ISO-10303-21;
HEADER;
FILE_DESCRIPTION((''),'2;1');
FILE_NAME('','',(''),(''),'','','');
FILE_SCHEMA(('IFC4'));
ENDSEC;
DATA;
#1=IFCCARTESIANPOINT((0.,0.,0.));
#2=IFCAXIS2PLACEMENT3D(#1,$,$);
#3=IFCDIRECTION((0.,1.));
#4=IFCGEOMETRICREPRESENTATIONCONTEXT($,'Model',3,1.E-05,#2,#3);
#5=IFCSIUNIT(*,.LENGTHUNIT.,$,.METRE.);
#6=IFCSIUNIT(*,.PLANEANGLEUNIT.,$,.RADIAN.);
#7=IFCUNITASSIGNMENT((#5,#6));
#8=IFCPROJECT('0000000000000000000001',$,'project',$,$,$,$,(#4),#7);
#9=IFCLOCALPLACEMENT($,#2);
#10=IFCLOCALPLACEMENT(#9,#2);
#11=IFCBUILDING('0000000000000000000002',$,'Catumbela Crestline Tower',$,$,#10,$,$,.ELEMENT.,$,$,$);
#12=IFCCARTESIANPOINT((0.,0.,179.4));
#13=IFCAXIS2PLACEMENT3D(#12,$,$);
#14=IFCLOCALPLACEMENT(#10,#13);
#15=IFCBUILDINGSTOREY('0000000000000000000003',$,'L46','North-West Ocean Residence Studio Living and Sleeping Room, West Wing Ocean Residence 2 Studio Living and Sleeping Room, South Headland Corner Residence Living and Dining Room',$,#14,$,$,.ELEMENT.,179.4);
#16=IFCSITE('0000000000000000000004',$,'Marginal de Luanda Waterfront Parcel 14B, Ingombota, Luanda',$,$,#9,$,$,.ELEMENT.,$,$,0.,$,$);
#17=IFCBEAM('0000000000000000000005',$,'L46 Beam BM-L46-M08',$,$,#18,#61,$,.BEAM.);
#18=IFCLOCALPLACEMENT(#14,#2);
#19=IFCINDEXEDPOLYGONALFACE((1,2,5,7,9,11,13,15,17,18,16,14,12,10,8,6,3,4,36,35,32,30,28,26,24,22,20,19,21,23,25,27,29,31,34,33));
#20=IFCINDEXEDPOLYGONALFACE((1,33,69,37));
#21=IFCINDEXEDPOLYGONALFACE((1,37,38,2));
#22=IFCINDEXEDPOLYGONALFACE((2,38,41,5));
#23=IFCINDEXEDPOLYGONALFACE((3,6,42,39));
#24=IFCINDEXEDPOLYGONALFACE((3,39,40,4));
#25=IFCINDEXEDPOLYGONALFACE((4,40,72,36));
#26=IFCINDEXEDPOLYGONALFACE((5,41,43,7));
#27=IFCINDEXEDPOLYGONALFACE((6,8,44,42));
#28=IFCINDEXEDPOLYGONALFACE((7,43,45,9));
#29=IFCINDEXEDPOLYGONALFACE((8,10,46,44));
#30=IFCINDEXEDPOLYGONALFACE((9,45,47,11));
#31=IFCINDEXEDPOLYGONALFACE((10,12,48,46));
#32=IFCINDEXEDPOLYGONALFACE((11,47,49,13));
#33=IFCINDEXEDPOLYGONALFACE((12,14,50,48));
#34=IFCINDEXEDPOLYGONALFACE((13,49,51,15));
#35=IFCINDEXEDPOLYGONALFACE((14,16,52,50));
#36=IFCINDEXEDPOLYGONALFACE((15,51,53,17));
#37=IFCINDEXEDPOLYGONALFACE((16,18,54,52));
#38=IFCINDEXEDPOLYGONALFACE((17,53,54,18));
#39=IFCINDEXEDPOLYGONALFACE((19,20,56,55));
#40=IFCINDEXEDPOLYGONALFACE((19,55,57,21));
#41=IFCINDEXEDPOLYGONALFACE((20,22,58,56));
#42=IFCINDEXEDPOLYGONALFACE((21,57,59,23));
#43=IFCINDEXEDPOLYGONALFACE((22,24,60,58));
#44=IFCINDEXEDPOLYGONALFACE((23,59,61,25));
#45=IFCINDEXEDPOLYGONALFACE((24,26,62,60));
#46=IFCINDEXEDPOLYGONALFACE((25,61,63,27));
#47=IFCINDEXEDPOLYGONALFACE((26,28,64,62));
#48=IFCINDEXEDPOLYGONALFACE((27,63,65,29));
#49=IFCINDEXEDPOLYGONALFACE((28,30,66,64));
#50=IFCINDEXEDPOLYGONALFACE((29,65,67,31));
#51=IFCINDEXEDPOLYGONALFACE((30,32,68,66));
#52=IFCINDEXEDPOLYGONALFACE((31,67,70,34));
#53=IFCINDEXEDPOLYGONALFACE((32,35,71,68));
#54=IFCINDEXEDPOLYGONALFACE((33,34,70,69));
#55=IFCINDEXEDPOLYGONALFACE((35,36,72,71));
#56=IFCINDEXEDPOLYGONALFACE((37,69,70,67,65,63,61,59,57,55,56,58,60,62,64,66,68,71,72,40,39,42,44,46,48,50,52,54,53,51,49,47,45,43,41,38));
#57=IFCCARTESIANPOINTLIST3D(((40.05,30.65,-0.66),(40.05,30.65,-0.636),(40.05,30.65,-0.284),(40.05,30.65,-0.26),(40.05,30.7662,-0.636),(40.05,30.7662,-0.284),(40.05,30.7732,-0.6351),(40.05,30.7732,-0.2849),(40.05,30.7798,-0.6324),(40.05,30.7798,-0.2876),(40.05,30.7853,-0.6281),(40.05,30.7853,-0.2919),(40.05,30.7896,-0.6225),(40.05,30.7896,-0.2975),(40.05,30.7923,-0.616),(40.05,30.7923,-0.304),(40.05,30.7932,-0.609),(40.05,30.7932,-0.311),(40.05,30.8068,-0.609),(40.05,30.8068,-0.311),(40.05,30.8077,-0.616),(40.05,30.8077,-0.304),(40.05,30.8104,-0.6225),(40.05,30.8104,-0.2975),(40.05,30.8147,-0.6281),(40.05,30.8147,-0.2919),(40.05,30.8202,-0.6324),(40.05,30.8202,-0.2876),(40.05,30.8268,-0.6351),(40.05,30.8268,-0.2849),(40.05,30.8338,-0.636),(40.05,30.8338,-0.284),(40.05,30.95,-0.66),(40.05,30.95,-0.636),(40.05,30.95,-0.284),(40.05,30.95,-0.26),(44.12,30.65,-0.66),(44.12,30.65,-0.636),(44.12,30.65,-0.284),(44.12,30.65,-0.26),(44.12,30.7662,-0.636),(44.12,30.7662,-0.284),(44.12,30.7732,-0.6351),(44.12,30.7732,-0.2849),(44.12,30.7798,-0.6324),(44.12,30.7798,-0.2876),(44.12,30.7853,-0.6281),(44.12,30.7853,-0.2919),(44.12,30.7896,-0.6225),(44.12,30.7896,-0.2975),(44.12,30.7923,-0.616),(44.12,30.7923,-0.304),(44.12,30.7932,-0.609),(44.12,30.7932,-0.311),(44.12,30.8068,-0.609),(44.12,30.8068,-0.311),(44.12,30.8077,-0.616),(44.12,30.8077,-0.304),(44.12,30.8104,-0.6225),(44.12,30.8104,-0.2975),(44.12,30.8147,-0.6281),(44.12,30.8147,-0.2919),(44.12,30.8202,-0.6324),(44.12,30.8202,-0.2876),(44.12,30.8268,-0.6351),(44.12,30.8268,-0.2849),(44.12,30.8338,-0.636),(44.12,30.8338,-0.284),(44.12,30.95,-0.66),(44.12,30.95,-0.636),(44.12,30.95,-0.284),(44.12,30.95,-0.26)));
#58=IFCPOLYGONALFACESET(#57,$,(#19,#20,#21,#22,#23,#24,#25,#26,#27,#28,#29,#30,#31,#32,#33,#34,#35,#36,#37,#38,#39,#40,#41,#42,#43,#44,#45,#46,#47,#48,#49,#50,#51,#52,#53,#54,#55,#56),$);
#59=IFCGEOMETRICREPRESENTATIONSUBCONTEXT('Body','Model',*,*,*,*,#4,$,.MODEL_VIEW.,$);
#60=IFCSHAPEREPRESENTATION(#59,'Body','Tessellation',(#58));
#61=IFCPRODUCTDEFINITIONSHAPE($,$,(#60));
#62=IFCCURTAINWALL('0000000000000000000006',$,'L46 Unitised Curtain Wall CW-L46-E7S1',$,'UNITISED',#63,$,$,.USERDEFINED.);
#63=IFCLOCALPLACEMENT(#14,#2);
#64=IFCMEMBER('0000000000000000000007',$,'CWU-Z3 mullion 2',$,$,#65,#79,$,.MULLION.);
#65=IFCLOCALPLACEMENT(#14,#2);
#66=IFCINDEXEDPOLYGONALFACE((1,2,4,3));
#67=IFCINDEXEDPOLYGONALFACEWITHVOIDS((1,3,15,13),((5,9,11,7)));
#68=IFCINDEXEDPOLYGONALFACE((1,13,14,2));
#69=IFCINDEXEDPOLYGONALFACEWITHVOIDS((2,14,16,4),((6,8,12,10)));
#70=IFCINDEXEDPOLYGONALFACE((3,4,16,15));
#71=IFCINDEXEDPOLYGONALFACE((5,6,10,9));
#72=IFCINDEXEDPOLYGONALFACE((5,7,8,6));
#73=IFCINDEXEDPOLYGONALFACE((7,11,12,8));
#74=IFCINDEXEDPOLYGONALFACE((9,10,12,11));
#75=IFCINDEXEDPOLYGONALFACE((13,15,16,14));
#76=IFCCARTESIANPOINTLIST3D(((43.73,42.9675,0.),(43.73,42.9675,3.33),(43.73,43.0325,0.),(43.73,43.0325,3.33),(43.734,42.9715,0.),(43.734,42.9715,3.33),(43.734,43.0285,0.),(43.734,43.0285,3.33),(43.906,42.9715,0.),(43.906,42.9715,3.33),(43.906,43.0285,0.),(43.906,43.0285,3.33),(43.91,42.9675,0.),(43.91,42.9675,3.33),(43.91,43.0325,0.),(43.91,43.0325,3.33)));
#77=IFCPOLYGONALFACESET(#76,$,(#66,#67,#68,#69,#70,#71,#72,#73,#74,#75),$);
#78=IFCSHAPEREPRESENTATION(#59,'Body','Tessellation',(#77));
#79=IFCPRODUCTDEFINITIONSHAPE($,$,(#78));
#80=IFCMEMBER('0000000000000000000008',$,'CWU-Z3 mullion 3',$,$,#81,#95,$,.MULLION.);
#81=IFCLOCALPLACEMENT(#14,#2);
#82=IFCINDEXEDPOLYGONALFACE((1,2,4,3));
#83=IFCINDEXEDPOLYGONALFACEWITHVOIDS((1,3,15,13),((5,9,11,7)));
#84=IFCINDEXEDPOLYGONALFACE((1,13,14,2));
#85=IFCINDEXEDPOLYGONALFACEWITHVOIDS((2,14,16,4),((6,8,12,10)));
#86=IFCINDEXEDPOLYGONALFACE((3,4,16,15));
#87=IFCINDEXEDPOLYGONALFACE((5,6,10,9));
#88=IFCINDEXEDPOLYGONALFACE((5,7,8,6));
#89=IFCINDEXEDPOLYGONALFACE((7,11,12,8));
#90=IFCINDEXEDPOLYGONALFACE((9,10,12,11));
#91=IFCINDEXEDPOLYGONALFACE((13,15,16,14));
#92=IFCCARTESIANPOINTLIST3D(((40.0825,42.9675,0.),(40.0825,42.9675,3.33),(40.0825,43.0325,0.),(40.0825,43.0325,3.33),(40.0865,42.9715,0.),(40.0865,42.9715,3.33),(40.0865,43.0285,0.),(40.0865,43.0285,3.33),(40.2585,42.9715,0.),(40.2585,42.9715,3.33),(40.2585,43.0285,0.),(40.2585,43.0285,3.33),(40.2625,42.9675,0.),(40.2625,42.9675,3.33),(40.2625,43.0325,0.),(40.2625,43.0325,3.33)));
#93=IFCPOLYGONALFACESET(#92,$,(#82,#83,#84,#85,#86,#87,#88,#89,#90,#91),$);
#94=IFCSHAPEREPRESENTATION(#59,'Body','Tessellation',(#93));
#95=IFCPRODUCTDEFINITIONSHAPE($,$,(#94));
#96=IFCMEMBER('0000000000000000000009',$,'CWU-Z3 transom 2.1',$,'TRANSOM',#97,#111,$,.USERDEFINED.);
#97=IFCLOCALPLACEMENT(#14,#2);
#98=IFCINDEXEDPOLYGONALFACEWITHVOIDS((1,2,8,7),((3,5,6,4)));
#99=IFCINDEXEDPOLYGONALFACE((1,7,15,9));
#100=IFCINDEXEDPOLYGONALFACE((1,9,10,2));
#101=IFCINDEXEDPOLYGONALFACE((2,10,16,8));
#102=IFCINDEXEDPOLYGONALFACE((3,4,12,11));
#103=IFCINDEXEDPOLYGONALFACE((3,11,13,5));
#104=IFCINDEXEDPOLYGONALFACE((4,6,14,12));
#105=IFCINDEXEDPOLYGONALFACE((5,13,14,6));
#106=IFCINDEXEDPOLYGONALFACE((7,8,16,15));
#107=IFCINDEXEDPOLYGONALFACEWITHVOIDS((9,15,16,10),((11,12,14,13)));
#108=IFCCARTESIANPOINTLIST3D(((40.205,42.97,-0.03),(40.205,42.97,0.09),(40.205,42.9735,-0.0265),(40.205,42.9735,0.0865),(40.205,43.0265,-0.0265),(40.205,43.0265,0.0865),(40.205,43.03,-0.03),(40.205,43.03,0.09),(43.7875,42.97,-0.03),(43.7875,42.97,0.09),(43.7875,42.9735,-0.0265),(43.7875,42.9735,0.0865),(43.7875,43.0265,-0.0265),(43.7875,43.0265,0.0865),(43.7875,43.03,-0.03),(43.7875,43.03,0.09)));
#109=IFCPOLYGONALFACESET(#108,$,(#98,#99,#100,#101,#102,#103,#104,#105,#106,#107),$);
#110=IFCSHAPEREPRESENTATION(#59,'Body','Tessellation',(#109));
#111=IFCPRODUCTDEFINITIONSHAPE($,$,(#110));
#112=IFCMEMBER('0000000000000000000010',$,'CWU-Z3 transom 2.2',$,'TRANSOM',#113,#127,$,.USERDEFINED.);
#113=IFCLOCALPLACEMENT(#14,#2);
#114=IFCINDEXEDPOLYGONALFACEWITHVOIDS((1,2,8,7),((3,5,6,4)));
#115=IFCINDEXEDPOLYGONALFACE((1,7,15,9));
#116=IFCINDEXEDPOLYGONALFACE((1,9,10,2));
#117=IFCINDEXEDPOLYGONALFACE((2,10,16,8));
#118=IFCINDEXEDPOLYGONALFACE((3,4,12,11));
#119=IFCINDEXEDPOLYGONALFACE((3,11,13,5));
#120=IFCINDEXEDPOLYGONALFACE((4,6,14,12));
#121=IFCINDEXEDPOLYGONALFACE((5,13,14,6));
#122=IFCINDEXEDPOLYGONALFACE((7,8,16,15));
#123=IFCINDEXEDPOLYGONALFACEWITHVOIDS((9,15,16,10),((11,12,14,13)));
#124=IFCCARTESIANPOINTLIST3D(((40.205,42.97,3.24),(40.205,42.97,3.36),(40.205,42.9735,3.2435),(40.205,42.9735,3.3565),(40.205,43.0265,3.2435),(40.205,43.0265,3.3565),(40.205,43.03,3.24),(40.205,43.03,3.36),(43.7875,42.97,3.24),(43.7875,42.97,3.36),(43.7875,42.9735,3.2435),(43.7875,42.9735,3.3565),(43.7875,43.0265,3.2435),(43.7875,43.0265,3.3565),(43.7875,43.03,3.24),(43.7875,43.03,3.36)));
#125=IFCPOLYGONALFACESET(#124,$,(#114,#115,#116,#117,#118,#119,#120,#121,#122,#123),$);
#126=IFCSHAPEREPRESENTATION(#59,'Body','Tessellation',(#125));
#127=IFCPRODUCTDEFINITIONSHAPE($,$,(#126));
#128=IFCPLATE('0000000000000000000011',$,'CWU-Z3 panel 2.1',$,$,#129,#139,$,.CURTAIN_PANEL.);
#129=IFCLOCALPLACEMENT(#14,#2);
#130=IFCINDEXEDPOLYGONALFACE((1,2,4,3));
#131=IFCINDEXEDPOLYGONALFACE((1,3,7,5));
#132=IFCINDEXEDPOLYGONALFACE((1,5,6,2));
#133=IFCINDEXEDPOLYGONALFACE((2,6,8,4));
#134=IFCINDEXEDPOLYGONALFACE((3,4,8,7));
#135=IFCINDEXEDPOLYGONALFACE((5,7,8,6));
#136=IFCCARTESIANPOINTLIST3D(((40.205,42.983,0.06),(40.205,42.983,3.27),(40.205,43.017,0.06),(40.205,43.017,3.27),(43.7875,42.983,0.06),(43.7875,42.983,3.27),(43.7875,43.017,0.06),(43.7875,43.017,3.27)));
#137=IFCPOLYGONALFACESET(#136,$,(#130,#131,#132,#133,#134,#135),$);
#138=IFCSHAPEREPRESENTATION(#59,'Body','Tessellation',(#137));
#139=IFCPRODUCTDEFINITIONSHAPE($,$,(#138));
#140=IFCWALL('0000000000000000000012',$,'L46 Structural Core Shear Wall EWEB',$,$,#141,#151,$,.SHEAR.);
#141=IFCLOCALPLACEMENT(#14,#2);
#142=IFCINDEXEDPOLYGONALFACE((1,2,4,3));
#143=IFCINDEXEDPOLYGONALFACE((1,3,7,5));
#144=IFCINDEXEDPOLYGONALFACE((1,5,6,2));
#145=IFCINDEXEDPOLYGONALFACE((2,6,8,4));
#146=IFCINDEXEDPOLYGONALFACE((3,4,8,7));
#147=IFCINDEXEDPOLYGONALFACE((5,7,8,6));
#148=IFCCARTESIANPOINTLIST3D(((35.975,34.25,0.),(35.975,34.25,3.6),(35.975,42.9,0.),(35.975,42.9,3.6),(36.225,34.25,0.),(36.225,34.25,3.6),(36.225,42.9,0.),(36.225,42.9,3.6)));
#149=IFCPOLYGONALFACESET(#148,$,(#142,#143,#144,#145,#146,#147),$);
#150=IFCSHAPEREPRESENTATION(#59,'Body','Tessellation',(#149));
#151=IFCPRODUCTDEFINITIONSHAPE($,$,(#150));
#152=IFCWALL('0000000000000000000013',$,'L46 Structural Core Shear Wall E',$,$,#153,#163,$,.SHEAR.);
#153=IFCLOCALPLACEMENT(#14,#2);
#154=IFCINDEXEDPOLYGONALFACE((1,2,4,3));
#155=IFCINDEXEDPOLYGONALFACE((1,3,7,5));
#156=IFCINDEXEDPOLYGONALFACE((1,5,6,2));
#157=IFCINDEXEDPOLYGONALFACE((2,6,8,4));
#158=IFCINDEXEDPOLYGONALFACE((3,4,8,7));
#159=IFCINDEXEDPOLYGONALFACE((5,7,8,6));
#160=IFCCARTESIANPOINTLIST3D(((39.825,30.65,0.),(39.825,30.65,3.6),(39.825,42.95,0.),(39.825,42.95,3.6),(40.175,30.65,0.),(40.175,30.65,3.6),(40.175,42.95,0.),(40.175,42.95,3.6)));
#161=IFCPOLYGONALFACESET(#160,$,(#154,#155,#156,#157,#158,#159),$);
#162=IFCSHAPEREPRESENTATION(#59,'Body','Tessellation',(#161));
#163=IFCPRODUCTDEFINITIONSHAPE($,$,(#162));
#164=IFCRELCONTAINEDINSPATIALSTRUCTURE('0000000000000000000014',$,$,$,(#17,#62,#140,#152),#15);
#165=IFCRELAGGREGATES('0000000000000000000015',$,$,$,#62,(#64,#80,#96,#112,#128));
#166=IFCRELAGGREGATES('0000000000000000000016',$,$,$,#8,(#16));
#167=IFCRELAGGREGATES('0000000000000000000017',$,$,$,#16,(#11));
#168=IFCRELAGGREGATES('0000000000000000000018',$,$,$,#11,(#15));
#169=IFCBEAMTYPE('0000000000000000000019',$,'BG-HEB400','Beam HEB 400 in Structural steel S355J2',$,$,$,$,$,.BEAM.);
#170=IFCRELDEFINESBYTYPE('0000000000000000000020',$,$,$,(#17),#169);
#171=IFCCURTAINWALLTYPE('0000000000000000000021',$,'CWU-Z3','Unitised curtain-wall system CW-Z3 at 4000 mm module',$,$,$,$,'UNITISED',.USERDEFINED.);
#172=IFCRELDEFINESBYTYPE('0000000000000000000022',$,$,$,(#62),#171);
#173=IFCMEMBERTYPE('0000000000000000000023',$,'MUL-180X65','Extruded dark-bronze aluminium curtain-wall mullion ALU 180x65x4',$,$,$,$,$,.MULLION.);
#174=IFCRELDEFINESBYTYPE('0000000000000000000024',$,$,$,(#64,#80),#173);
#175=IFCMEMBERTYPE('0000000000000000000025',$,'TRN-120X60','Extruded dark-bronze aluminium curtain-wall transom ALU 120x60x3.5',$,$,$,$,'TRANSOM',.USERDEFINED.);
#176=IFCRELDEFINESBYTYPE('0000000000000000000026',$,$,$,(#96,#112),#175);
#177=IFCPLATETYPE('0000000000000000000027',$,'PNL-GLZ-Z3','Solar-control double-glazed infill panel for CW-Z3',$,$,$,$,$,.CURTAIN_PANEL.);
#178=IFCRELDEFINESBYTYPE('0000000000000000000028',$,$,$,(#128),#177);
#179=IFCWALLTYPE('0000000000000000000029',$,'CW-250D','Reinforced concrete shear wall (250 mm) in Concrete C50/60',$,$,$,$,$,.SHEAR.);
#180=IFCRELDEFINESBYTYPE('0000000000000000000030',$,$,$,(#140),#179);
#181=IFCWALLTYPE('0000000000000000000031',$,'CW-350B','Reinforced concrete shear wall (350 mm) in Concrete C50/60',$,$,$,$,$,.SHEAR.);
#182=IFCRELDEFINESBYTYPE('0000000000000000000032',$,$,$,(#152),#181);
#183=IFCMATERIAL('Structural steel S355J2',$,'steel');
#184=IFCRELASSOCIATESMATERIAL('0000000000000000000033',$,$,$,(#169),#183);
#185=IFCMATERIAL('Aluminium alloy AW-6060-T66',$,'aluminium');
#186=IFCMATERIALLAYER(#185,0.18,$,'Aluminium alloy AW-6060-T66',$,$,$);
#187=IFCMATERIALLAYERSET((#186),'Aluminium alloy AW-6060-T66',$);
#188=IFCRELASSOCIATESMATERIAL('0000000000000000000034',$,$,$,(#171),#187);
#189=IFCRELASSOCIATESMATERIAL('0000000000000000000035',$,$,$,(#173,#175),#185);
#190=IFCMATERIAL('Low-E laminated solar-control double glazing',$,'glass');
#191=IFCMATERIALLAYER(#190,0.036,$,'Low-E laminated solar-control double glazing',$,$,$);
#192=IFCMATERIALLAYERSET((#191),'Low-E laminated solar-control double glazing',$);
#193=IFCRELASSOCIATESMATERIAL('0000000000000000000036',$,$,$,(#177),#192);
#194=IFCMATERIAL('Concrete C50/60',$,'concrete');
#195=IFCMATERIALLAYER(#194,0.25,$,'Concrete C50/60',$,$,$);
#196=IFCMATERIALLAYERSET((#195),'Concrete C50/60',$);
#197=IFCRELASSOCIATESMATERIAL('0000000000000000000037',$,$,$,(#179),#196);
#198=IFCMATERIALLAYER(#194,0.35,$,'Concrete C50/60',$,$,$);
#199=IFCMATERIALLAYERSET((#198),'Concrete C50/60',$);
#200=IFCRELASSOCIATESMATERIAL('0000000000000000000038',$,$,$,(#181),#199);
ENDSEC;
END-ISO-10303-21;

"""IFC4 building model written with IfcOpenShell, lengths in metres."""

from ifc_helpers import new_model, si_unit, direction, frame, frame_2d, origin, origin_2d, place, context, subcontext, project, spatial, rectangle, hollow_rectangle, i_section, extrude, material, layer, layer_set, material_profile, profile_set, type_object, element, aggregate, save


model = new_model("IFC4")

# Units and contexts
model_context = context("Model", 3, precision=1e-05, world=origin(), true_north=direction((0.0, 1.0)))
body_context = subcontext(model_context, "Body", "Model", "MODEL_VIEW")
ifc_project = project(units=[si_unit("LENGTHUNIT", "METRE"), si_unit("PLANEANGLEUNIT", "RADIAN")], contexts=[model_context])

# Site, building, storey
site_placement = place(None, origin())
site = spatial("IfcSite", under=ifc_project, at=site_placement, Name="Marginal de Luanda Waterfront Parcel 14B, Ingombota, Luanda", CompositionType="ELEMENT", RefElevation=0.0)
building_placement = place(site_placement, origin())
building = spatial("IfcBuilding", under=site, at=building_placement, Name="Catumbela Crestline Tower", CompositionType="ELEMENT")
storey_placement = place(building_placement, frame((0.0, 0.0, 179.4)))
storey = spatial("IfcBuildingStorey", under=building, at=storey_placement, Name="L46", Description="North-West Ocean Residence Studio Living and Sleeping Room, West Wing Ocean Residence 2 Studio Living and Sleeping Room, South Headland Corner Residence Living and Dining Room", CompositionType="ELEMENT", Elevation=179.4)

# Beam
ifc_material_1 = material(Name="Structural steel S355J2", Category="steel")
ifc_material_profile_1 = material_profile(ifc_material_1, i_section(OverallWidth=0.3, OverallDepth=0.4, WebThickness=0.0135, FlangeThickness=0.024, FilletRadius=0.027, at=origin_2d()), Name="HEB 400")
ifc_profile_set_1 = profile_set([ifc_material_profile_1], Name="Structural steel S355J2")
beam_type = type_object("IfcBeamType", Name="BG-HEB400", Description="Beam HEB 400 in Structural steel S355J2", PredefinedType="BEAM", material=ifc_profile_set_1)
beam_placement = place(storey_placement, frame((40.05, 30.8, -0.46), z_axis=(1.0, 0.0, 0.0), x_axis=(0.0, 1.0, 0.0)))
element("IfcBeam", 1, at=beam_placement, inside=storey, type_object=beam_type, Name="L46 Beam BM-L46-M08", PredefinedType="BEAM", context=body_context, shape_type="SweptSolid", body=[
    extrude(i_section(OverallWidth=0.3, OverallDepth=0.4, WebThickness=0.0135, FlangeThickness=0.024, FilletRadius=0.027, at=origin_2d()), origin(), (0.0, 0.0, 1.0), 4.07),
])

# Curtain wall, members, plate
ifc_material_2 = material(Name="Aluminium alloy AW-6060-T66", Category="aluminium")
ifc_layer_1 = layer(ifc_material_2, 0.18, Name="Aluminium alloy AW-6060-T66")
ifc_layer_set_1 = layer_set([ifc_layer_1], Name="Aluminium alloy AW-6060-T66")
curtain_wall_type = type_object("IfcCurtainWallType", Name="CWU-Z3", Description="Unitised curtain-wall system CW-Z3 at 4000 mm module", ElementType="UNITISED", PredefinedType="USERDEFINED", material=ifc_layer_set_1)
curtain_wall_placement = place(storey_placement, origin())
curtain_wall = element("IfcCurtainWall", 2, at=curtain_wall_placement, inside=storey, type_object=curtain_wall_type, Name="L46 Unitised Curtain Wall CW-L46-E7S1", ObjectType="UNITISED", PredefinedType="USERDEFINED")
ifc_material_profile_2 = material_profile(ifc_material_2, hollow_rectangle(XDim=0.065, YDim=0.18, WallThickness=0.004, at=origin_2d()), Name="ALU 180x65x4")
ifc_profile_set_2 = profile_set([ifc_material_profile_2], Name="Aluminium alloy AW-6060-T66")
member_type_1 = type_object("IfcMemberType", Name="MUL-180X65", Description="Extruded dark-bronze aluminium curtain-wall mullion ALU 180x65x4", PredefinedType="MULLION", material=ifc_profile_set_2)
member_1_placement = place(storey_placement, frame((43.82, 43.0, 0.0), z_axis=(0.0, 0.0, 1.0), x_axis=(0.0, -1.0, 0.0)))
member_1 = element("IfcMember", 3, at=member_1_placement, type_object=member_type_1, Name="CWU-Z3 mullion 2", PredefinedType="MULLION", context=body_context, shape_type="SweptSolid", body=[
    extrude(hollow_rectangle(XDim=0.065, YDim=0.18, WallThickness=0.004, at=origin_2d()), origin(), (0.0, 0.0, 1.0), 3.33),
])
member_2_placement = place(storey_placement, frame((40.1725, 43.0, 0.0), z_axis=(0.0, 0.0, 1.0), x_axis=(0.0, -1.0, 0.0)))
member_2 = element("IfcMember", 4, at=member_2_placement, type_object=member_type_1, Name="CWU-Z3 mullion 3", PredefinedType="MULLION", context=body_context, shape_type="SweptSolid", body=[
    extrude(hollow_rectangle(XDim=0.065, YDim=0.18, WallThickness=0.004, at=origin_2d()), origin(), (0.0, 0.0, 1.0), 3.33),
])
ifc_material_profile_3 = material_profile(ifc_material_2, hollow_rectangle(XDim=0.06, YDim=0.12, WallThickness=0.0035, at=origin_2d()), Name="ALU 120x60x3.5")
ifc_profile_set_3 = profile_set([ifc_material_profile_3], Name="Aluminium alloy AW-6060-T66")
member_type_2 = type_object("IfcMemberType", Name="TRN-120X60", Description="Extruded dark-bronze aluminium curtain-wall transom ALU 120x60x3.5", ElementType="TRANSOM", PredefinedType="USERDEFINED", material=ifc_profile_set_3)
member_3_placement = place(storey_placement, frame((43.7875, 43.0, 0.03), z_axis=(-1.0, 0.0, 0.0), x_axis=(0.0, -1.0, 0.0)))
member_3 = element("IfcMember", 5, at=member_3_placement, type_object=member_type_2, Name="CWU-Z3 transom 2.1", ObjectType="TRANSOM", PredefinedType="USERDEFINED", context=body_context, shape_type="SweptSolid", body=[
    extrude(hollow_rectangle(XDim=0.06, YDim=0.12, WallThickness=0.0035, at=origin_2d()), origin(), (0.0, 0.0, 1.0), 3.5825),
])
member_4_placement = place(storey_placement, frame((43.7875, 43.0, 3.3), z_axis=(-1.0, 0.0, 0.0), x_axis=(0.0, -1.0, 0.0)))
member_4 = element("IfcMember", 6, at=member_4_placement, type_object=member_type_2, Name="CWU-Z3 transom 2.2", ObjectType="TRANSOM", PredefinedType="USERDEFINED", context=body_context, shape_type="SweptSolid", body=[
    extrude(hollow_rectangle(XDim=0.06, YDim=0.12, WallThickness=0.0035, at=origin_2d()), origin(), (0.0, 0.0, 1.0), 3.5825),
])
ifc_material_3 = material(Name="Low-E laminated solar-control double glazing", Category="glass")
ifc_layer_2 = layer(ifc_material_3, 0.036, Name="Low-E laminated solar-control double glazing")
ifc_layer_set_2 = layer_set([ifc_layer_2], Name="Low-E laminated solar-control double glazing")
plate_type = type_object("IfcPlateType", Name="PNL-GLZ-Z3", Description="Solar-control double-glazed infill panel for CW-Z3", PredefinedType="CURTAIN_PANEL", material=ifc_layer_set_2)
plate_placement = place(storey_placement, frame((41.9963, 43.0, 0.06), z_axis=(0.0, 0.0, 1.0), x_axis=(-1.0, 0.0, 0.0)))
plate = element("IfcPlate", 7, at=plate_placement, type_object=plate_type, Name="CWU-Z3 panel 2.1", PredefinedType="CURTAIN_PANEL", context=body_context, shape_type="SweptSolid", body=[
    extrude(rectangle(XDim=3.5825, YDim=0.034, at=origin_2d()), origin(), (0.0, 0.0, 1.0), 3.21),
])
aggregate(curtain_wall, [member_1, member_2, member_3, member_4, plate])

# Walls
ifc_material_4 = material(Name="Concrete C50/60", Category="concrete")
ifc_layer_3 = layer(ifc_material_4, 0.25, Name="Concrete C50/60")
ifc_layer_set_3 = layer_set([ifc_layer_3], Name="Concrete C50/60")
wall_type_1 = type_object("IfcWallType", Name="CW-250D", Description="Reinforced concrete shear wall (250 mm) in Concrete C50/60", PredefinedType="SHEAR", material=ifc_layer_set_3)
wall_1_placement = place(storey_placement, frame((36.1, 34.25, 0.0), z_axis=(0.0, 0.0, 1.0), x_axis=(0.0, 1.0, 0.0)))
element("IfcWall", 8, at=wall_1_placement, inside=storey, type_object=wall_type_1, Name="L46 Structural Core Shear Wall EWEB", PredefinedType="SHEAR", context=body_context, shape_type="SweptSolid", body=[
    extrude(rectangle(XDim=8.65, YDim=0.25, at=frame_2d((4.325, 0.0))), origin(), (0.0, 0.0, 1.0), 3.6),
])
ifc_layer_4 = layer(ifc_material_4, 0.35, Name="Concrete C50/60")
ifc_layer_set_4 = layer_set([ifc_layer_4], Name="Concrete C50/60")
wall_type_2 = type_object("IfcWallType", Name="CW-350B", Description="Reinforced concrete shear wall (350 mm) in Concrete C50/60", PredefinedType="SHEAR", material=ifc_layer_set_4)
wall_2_placement = place(storey_placement, frame((40.0, 30.65, 0.0), z_axis=(0.0, 0.0, 1.0), x_axis=(0.0, 1.0, 0.0)))
element("IfcWall", 9, at=wall_2_placement, inside=storey, type_object=wall_type_2, Name="L46 Structural Core Shear Wall E", PredefinedType="SHEAR", context=body_context, shape_type="SweptSolid", body=[
    extrude(rectangle(XDim=12.3, YDim=0.35, at=frame_2d((6.15, 0.0))), origin(), (0.0, 0.0, 1.0), 3.6),
])

save(model, "model.ifc")
